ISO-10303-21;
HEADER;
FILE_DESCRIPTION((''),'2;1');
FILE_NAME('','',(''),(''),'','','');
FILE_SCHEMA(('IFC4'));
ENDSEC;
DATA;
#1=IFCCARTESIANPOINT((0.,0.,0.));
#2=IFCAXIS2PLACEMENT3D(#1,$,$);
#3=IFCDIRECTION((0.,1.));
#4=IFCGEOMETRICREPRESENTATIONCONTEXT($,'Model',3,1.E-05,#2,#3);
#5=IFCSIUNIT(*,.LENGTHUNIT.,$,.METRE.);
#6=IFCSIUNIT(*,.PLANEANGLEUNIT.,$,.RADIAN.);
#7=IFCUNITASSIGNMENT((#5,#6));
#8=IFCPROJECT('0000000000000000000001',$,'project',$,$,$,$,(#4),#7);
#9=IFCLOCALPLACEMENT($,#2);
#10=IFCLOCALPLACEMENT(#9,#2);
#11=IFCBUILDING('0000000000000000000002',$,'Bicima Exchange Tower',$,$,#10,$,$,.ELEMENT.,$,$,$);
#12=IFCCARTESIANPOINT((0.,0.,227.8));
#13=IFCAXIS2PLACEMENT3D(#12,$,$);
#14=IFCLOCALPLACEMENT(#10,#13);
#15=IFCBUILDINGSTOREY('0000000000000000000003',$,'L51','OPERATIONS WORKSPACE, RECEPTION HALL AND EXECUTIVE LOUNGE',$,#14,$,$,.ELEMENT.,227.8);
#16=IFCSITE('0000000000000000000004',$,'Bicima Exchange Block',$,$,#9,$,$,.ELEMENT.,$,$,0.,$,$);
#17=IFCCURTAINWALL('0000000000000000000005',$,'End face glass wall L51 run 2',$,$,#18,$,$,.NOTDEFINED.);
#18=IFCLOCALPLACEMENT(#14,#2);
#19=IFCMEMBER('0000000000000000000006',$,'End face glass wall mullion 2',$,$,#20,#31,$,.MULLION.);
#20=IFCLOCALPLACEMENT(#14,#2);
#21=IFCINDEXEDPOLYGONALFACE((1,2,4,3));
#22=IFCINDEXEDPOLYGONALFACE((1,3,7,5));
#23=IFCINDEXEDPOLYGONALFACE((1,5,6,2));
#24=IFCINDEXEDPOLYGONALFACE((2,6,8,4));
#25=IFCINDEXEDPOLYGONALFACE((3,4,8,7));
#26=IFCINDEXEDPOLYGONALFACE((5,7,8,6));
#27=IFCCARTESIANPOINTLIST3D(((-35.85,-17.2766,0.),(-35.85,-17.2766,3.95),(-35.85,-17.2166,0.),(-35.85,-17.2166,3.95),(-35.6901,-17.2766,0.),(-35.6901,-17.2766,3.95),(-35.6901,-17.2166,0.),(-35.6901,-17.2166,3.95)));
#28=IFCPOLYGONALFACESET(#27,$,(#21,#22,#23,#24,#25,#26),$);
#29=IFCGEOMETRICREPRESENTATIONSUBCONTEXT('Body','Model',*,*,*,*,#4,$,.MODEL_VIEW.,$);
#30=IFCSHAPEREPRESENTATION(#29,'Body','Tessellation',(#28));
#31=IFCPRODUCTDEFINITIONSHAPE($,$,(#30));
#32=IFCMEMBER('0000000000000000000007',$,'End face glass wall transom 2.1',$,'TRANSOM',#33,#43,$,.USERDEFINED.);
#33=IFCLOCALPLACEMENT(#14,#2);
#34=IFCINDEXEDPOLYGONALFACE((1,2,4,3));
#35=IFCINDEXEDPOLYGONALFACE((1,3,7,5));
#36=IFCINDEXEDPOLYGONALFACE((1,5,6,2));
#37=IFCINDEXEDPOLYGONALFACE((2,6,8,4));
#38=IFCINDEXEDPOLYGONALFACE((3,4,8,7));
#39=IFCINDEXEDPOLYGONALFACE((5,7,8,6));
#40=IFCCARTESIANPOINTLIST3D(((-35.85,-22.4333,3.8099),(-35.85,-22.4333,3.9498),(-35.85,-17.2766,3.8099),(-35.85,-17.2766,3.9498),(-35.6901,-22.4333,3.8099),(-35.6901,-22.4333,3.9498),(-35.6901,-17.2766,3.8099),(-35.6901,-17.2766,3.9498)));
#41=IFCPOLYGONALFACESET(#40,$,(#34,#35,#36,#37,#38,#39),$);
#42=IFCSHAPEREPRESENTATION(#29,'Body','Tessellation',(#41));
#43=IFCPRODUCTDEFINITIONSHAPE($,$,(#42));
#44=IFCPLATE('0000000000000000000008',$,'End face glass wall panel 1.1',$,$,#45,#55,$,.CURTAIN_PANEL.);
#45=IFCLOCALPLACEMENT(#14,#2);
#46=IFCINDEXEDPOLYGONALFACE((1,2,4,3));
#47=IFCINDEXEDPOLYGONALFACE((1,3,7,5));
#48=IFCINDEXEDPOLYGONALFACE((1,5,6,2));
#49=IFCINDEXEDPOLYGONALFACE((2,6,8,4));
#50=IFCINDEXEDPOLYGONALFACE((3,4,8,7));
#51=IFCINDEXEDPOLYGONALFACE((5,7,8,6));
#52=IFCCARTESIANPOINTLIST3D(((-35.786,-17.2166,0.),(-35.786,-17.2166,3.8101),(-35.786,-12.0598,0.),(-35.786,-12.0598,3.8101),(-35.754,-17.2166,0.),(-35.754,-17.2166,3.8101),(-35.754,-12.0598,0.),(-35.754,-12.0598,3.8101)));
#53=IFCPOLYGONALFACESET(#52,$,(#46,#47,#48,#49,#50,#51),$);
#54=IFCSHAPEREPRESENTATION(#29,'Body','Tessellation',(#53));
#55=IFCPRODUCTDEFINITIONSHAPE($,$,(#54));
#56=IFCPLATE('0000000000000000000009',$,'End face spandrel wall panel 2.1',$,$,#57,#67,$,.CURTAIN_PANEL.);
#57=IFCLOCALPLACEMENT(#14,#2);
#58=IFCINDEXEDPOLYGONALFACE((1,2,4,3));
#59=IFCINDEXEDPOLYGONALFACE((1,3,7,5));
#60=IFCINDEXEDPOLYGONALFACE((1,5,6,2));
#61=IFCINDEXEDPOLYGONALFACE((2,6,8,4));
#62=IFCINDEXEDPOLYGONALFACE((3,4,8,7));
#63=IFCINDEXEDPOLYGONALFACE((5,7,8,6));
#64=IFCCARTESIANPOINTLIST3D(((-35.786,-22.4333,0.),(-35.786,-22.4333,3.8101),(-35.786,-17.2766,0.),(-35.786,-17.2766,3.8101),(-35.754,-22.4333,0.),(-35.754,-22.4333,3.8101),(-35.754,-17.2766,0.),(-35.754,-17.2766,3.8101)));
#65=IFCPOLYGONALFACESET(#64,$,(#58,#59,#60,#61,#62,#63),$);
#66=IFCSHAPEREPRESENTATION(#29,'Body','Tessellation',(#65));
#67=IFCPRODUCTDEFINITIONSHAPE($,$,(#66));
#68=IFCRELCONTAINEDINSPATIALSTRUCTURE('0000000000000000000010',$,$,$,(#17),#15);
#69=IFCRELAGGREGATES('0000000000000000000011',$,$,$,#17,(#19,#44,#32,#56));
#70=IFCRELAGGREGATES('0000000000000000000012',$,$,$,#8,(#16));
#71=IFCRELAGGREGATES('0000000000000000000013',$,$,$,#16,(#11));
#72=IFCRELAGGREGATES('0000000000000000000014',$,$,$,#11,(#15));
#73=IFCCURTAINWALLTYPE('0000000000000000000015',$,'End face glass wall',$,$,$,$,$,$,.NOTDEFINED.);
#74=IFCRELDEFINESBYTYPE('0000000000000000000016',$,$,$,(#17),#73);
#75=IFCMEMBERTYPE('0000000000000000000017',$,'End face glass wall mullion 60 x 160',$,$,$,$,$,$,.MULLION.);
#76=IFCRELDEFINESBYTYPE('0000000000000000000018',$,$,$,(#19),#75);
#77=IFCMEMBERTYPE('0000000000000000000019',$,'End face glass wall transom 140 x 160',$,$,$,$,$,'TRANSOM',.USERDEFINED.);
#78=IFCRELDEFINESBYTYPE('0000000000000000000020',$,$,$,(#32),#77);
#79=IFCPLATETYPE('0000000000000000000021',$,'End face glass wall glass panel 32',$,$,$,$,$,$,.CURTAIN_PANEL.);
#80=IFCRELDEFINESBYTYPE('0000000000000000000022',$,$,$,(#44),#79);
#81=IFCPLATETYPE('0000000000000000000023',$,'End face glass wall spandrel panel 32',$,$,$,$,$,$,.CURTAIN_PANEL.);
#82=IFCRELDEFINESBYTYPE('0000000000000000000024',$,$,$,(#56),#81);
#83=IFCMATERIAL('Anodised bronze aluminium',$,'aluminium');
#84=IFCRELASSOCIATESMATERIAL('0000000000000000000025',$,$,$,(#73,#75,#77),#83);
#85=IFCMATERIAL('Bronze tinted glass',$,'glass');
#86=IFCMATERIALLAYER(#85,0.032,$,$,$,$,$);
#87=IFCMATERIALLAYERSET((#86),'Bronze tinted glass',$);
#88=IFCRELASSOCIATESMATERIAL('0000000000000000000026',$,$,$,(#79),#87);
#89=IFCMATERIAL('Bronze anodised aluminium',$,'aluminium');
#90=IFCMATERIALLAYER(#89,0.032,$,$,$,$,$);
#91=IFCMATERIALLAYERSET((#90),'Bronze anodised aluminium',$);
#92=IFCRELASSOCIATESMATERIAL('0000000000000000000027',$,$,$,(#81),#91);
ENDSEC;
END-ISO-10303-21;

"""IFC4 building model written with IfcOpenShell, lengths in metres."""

from ifc_helpers import new_model, si_unit, direction, frame, origin, origin_2d, place, context, subcontext, project, spatial, rectangle, extrude, material, layer, layer_set, material_profile, profile_set, type_object, element, aggregate, save


model = new_model("IFC4")

# Units and contexts
model_context = context("Model", 3, precision=1e-05, world=origin(), true_north=direction((0.0, 1.0)))
body_context = subcontext(model_context, "Body", "Model", "MODEL_VIEW")
ifc_project = project(units=[si_unit("LENGTHUNIT", "METRE"), si_unit("PLANEANGLEUNIT", "RADIAN")], contexts=[model_context])

# Site, building, storey
site_placement = place(None, origin())
site = spatial("IfcSite", under=ifc_project, at=site_placement, Name="Bicima Exchange Block", CompositionType="ELEMENT", RefElevation=0.0)
building_placement = place(site_placement, origin())
building = spatial("IfcBuilding", under=site, at=building_placement, Name="Bicima Exchange Tower", CompositionType="ELEMENT")
storey_placement = place(building_placement, frame((0.0, 0.0, 227.8)))
storey = spatial("IfcBuildingStorey", under=building, at=storey_placement, Name="L51", Description="OPERATIONS WORKSPACE, RECEPTION HALL AND EXECUTIVE LOUNGE", CompositionType="ELEMENT", Elevation=227.8)

# Curtain wall, members, plates
ifc_material_1 = material(Name="Anodised bronze aluminium", Category="aluminium")
curtain_wall_type = type_object("IfcCurtainWallType", Name="End face glass wall", PredefinedType="NOTDEFINED", material=ifc_material_1)
curtain_wall_placement = place(storey_placement, origin())
curtain_wall = element("IfcCurtainWall", 1, at=curtain_wall_placement, inside=storey, type_object=curtain_wall_type, Name="End face glass wall L51 run 2", PredefinedType="NOTDEFINED")
ifc_material_profile_1 = material_profile(ifc_material_1, rectangle(XDim=0.1599, YDim=0.0601, at=origin_2d()))
ifc_profile_set_1 = profile_set([ifc_material_profile_1], Name="Anodised bronze aluminium")
member_type_1 = type_object("IfcMemberType", Name="End face glass wall mullion 60 x 160", PredefinedType="MULLION", material=ifc_profile_set_1)
member_1_placement = place(storey_placement, frame((-35.77, -17.2466, 0.0), z_axis=(0.0, 0.0, 1.0), x_axis=(1.0, 0.0, 0.0)))
member_1 = element("IfcMember", 2, at=member_1_placement, type_object=member_type_1, Name="End face glass wall mullion 2", PredefinedType="MULLION", context=body_context, shape_type="SweptSolid", body=[
    extrude(rectangle(XDim=0.1599, YDim=0.0601, at=origin_2d()), origin(), (0.0, 0.0, 1.0), 3.95),
])
ifc_material_profile_2 = material_profile(ifc_material_1, rectangle(XDim=0.1599, YDim=0.1399, at=origin_2d()))
ifc_profile_set_2 = profile_set([ifc_material_profile_2], Name="Anodised bronze aluminium")
member_type_2 = type_object("IfcMemberType", Name="End face glass wall transom 140 x 160", ElementType="TRANSOM", PredefinedType="USERDEFINED", material=ifc_profile_set_2)
member_2_placement = place(storey_placement, frame((-35.77, -17.2766, 3.8799), z_axis=(0.0, -1.0, 0.0), x_axis=(1.0, 0.0, 0.0)))
member_2 = element("IfcMember", 3, at=member_2_placement, type_object=member_type_2, Name="End face glass wall transom 2.1", ObjectType="TRANSOM", PredefinedType="USERDEFINED", context=body_context, shape_type="SweptSolid", body=[
    extrude(rectangle(XDim=0.1599, YDim=0.1399, at=origin_2d()), origin(), (0.0, 0.0, 1.0), 5.1567),
])
ifc_material_2 = material(Name="Bronze tinted glass", Category="glass")
ifc_layer_1 = layer(ifc_material_2, 0.032)
ifc_layer_set_1 = layer_set([ifc_layer_1], Name="Bronze tinted glass")
plate_type_1 = type_object("IfcPlateType", Name="End face glass wall glass panel 32", PredefinedType="CURTAIN_PANEL", material=ifc_layer_set_1)
plate_1_placement = place(storey_placement, frame((-35.77, -14.6382, 0.0), z_axis=(0.0, 0.0, 1.0), x_axis=(0.0, -1.0, 0.0)))
plate_1 = element("IfcPlate", 4, at=plate_1_placement, type_object=plate_type_1, Name="End face glass wall panel 1.1", PredefinedType="CURTAIN_PANEL", context=body_context, shape_type="SweptSolid", body=[
    extrude(rectangle(XDim=5.1567, YDim=0.032, at=origin_2d()), origin(), (0.0, 0.0, 1.0), 3.8101),
])
ifc_material_3 = material(Name="Bronze anodised aluminium", Category="aluminium")
ifc_layer_2 = layer(ifc_material_3, 0.032)
ifc_layer_set_2 = layer_set([ifc_layer_2], Name="Bronze anodised aluminium")
plate_type_2 = type_object("IfcPlateType", Name="End face glass wall spandrel panel 32", PredefinedType="CURTAIN_PANEL", material=ifc_layer_set_2)
plate_2_placement = place(storey_placement, frame((-35.77, -19.855, 0.0), z_axis=(0.0, 0.0, 1.0), x_axis=(0.0, -1.0, 0.0)))
plate_2 = element("IfcPlate", 5, at=plate_2_placement, type_object=plate_type_2, Name="End face spandrel wall panel 2.1", PredefinedType="CURTAIN_PANEL", context=body_context, shape_type="SweptSolid", body=[
    extrude(rectangle(XDim=5.1567, YDim=0.032, at=origin_2d()), origin(), (0.0, 0.0, 1.0), 3.8101),
])
aggregate(curtain_wall, [member_1, plate_1, member_2, plate_2])

save(model, "model.ifc")
